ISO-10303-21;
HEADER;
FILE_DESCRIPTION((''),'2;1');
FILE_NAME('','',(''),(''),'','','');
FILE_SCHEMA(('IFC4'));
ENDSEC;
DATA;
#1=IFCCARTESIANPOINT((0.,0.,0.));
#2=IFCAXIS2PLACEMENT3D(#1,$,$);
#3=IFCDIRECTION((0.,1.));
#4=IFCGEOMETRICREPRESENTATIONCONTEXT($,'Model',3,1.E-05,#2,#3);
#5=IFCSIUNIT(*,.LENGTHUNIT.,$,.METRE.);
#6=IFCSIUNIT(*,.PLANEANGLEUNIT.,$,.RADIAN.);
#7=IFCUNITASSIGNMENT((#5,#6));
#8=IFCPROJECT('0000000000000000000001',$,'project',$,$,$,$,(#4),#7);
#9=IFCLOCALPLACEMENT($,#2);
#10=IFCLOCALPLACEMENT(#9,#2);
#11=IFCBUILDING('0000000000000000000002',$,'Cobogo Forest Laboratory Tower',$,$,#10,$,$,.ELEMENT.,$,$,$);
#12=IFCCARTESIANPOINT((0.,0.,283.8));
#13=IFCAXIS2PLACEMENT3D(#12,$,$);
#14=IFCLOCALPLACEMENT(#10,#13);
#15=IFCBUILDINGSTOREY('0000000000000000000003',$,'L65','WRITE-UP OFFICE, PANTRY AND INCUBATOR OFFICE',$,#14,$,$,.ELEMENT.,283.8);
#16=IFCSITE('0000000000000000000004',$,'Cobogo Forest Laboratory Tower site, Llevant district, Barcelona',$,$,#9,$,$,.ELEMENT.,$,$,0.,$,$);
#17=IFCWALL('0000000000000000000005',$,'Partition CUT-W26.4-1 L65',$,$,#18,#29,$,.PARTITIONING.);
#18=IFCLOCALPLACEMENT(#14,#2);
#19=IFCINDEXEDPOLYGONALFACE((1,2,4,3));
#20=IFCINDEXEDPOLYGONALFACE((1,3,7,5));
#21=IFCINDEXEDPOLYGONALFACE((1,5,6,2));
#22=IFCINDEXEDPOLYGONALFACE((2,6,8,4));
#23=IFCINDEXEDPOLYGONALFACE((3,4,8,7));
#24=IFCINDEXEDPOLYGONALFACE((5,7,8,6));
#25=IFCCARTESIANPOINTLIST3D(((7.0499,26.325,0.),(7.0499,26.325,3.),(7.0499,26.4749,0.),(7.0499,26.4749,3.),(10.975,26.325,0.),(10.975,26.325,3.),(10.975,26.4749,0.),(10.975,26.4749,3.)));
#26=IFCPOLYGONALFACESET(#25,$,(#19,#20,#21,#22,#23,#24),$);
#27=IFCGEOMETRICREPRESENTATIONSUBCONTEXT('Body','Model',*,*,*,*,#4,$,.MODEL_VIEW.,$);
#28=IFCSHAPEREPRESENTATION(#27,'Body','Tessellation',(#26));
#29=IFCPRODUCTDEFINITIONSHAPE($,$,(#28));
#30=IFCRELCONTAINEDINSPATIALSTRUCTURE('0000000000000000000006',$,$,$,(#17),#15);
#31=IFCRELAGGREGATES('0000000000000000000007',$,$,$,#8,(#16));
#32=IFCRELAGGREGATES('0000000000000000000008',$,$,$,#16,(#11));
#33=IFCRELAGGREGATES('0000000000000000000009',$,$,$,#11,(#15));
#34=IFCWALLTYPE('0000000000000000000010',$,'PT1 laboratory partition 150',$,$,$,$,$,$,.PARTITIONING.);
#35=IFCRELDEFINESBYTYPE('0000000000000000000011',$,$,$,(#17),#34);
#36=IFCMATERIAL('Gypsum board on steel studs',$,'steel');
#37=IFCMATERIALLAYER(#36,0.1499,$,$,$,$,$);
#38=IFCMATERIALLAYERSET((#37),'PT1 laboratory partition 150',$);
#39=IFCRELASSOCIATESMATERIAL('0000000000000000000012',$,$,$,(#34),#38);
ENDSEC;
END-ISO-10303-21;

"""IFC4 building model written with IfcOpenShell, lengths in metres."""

from ifc_helpers import new_model, si_unit, direction, frame, frame_2d, origin, place, context, subcontext, project, spatial, rectangle, extrude, material, layer, layer_set, type_object, element, save


model = new_model("IFC4")

# Units and contexts
model_context = context("Model", 3, precision=1e-05, world=origin(), true_north=direction((0.0, 1.0)))
body_context = subcontext(model_context, "Body", "Model", "MODEL_VIEW")
ifc_project = project(units=[si_unit("LENGTHUNIT", "METRE"), si_unit("PLANEANGLEUNIT", "RADIAN")], contexts=[model_context])

# Site, building, storey
site_placement = place(None, origin())
site = spatial("IfcSite", under=ifc_project, at=site_placement, Name="Cobogo Forest Laboratory Tower site, Llevant district, Barcelona", CompositionType="ELEMENT", RefElevation=0.0)
building_placement = place(site_placement, origin())
building = spatial("IfcBuilding", under=site, at=building_placement, Name="Cobogo Forest Laboratory Tower", CompositionType="ELEMENT")
storey_placement = place(building_placement, frame((0.0, 0.0, 283.8)))
storey = spatial("IfcBuildingStorey", under=building, at=storey_placement, Name="L65", Description="WRITE-UP OFFICE, PANTRY AND INCUBATOR OFFICE", CompositionType="ELEMENT", Elevation=283.8)

# Wall
ifc_material_1 = material(Name="Gypsum board on steel studs", Category="steel")
ifc_layer_1 = layer(ifc_material_1, 0.1499)
ifc_layer_set_1 = layer_set([ifc_layer_1], Name="PT1 laboratory partition 150")
wall_type_1 = type_object("IfcWallType", Name="PT1 laboratory partition 150", PredefinedType="PARTITIONING", material=ifc_layer_set_1)
wall_1_placement = place(storey_placement, frame((7.05, 26.3999, 0.0), z_axis=(0.0, 0.0, 1.0), x_axis=(1.0, 0.0, 0.0)))
element("IfcWall", 1, at=wall_1_placement, inside=storey, type_object=wall_type_1, Name="Partition CUT-W26.4-1 L65", PredefinedType="PARTITIONING", context=body_context, shape_type="SweptSolid", body=[
    extrude(rectangle(XDim=3.925, YDim=0.1499, at=frame_2d((1.9624, 0.0))), origin(), (0.0, 0.0, 1.0), 3.0),
])

save(model, "model.ifc")
